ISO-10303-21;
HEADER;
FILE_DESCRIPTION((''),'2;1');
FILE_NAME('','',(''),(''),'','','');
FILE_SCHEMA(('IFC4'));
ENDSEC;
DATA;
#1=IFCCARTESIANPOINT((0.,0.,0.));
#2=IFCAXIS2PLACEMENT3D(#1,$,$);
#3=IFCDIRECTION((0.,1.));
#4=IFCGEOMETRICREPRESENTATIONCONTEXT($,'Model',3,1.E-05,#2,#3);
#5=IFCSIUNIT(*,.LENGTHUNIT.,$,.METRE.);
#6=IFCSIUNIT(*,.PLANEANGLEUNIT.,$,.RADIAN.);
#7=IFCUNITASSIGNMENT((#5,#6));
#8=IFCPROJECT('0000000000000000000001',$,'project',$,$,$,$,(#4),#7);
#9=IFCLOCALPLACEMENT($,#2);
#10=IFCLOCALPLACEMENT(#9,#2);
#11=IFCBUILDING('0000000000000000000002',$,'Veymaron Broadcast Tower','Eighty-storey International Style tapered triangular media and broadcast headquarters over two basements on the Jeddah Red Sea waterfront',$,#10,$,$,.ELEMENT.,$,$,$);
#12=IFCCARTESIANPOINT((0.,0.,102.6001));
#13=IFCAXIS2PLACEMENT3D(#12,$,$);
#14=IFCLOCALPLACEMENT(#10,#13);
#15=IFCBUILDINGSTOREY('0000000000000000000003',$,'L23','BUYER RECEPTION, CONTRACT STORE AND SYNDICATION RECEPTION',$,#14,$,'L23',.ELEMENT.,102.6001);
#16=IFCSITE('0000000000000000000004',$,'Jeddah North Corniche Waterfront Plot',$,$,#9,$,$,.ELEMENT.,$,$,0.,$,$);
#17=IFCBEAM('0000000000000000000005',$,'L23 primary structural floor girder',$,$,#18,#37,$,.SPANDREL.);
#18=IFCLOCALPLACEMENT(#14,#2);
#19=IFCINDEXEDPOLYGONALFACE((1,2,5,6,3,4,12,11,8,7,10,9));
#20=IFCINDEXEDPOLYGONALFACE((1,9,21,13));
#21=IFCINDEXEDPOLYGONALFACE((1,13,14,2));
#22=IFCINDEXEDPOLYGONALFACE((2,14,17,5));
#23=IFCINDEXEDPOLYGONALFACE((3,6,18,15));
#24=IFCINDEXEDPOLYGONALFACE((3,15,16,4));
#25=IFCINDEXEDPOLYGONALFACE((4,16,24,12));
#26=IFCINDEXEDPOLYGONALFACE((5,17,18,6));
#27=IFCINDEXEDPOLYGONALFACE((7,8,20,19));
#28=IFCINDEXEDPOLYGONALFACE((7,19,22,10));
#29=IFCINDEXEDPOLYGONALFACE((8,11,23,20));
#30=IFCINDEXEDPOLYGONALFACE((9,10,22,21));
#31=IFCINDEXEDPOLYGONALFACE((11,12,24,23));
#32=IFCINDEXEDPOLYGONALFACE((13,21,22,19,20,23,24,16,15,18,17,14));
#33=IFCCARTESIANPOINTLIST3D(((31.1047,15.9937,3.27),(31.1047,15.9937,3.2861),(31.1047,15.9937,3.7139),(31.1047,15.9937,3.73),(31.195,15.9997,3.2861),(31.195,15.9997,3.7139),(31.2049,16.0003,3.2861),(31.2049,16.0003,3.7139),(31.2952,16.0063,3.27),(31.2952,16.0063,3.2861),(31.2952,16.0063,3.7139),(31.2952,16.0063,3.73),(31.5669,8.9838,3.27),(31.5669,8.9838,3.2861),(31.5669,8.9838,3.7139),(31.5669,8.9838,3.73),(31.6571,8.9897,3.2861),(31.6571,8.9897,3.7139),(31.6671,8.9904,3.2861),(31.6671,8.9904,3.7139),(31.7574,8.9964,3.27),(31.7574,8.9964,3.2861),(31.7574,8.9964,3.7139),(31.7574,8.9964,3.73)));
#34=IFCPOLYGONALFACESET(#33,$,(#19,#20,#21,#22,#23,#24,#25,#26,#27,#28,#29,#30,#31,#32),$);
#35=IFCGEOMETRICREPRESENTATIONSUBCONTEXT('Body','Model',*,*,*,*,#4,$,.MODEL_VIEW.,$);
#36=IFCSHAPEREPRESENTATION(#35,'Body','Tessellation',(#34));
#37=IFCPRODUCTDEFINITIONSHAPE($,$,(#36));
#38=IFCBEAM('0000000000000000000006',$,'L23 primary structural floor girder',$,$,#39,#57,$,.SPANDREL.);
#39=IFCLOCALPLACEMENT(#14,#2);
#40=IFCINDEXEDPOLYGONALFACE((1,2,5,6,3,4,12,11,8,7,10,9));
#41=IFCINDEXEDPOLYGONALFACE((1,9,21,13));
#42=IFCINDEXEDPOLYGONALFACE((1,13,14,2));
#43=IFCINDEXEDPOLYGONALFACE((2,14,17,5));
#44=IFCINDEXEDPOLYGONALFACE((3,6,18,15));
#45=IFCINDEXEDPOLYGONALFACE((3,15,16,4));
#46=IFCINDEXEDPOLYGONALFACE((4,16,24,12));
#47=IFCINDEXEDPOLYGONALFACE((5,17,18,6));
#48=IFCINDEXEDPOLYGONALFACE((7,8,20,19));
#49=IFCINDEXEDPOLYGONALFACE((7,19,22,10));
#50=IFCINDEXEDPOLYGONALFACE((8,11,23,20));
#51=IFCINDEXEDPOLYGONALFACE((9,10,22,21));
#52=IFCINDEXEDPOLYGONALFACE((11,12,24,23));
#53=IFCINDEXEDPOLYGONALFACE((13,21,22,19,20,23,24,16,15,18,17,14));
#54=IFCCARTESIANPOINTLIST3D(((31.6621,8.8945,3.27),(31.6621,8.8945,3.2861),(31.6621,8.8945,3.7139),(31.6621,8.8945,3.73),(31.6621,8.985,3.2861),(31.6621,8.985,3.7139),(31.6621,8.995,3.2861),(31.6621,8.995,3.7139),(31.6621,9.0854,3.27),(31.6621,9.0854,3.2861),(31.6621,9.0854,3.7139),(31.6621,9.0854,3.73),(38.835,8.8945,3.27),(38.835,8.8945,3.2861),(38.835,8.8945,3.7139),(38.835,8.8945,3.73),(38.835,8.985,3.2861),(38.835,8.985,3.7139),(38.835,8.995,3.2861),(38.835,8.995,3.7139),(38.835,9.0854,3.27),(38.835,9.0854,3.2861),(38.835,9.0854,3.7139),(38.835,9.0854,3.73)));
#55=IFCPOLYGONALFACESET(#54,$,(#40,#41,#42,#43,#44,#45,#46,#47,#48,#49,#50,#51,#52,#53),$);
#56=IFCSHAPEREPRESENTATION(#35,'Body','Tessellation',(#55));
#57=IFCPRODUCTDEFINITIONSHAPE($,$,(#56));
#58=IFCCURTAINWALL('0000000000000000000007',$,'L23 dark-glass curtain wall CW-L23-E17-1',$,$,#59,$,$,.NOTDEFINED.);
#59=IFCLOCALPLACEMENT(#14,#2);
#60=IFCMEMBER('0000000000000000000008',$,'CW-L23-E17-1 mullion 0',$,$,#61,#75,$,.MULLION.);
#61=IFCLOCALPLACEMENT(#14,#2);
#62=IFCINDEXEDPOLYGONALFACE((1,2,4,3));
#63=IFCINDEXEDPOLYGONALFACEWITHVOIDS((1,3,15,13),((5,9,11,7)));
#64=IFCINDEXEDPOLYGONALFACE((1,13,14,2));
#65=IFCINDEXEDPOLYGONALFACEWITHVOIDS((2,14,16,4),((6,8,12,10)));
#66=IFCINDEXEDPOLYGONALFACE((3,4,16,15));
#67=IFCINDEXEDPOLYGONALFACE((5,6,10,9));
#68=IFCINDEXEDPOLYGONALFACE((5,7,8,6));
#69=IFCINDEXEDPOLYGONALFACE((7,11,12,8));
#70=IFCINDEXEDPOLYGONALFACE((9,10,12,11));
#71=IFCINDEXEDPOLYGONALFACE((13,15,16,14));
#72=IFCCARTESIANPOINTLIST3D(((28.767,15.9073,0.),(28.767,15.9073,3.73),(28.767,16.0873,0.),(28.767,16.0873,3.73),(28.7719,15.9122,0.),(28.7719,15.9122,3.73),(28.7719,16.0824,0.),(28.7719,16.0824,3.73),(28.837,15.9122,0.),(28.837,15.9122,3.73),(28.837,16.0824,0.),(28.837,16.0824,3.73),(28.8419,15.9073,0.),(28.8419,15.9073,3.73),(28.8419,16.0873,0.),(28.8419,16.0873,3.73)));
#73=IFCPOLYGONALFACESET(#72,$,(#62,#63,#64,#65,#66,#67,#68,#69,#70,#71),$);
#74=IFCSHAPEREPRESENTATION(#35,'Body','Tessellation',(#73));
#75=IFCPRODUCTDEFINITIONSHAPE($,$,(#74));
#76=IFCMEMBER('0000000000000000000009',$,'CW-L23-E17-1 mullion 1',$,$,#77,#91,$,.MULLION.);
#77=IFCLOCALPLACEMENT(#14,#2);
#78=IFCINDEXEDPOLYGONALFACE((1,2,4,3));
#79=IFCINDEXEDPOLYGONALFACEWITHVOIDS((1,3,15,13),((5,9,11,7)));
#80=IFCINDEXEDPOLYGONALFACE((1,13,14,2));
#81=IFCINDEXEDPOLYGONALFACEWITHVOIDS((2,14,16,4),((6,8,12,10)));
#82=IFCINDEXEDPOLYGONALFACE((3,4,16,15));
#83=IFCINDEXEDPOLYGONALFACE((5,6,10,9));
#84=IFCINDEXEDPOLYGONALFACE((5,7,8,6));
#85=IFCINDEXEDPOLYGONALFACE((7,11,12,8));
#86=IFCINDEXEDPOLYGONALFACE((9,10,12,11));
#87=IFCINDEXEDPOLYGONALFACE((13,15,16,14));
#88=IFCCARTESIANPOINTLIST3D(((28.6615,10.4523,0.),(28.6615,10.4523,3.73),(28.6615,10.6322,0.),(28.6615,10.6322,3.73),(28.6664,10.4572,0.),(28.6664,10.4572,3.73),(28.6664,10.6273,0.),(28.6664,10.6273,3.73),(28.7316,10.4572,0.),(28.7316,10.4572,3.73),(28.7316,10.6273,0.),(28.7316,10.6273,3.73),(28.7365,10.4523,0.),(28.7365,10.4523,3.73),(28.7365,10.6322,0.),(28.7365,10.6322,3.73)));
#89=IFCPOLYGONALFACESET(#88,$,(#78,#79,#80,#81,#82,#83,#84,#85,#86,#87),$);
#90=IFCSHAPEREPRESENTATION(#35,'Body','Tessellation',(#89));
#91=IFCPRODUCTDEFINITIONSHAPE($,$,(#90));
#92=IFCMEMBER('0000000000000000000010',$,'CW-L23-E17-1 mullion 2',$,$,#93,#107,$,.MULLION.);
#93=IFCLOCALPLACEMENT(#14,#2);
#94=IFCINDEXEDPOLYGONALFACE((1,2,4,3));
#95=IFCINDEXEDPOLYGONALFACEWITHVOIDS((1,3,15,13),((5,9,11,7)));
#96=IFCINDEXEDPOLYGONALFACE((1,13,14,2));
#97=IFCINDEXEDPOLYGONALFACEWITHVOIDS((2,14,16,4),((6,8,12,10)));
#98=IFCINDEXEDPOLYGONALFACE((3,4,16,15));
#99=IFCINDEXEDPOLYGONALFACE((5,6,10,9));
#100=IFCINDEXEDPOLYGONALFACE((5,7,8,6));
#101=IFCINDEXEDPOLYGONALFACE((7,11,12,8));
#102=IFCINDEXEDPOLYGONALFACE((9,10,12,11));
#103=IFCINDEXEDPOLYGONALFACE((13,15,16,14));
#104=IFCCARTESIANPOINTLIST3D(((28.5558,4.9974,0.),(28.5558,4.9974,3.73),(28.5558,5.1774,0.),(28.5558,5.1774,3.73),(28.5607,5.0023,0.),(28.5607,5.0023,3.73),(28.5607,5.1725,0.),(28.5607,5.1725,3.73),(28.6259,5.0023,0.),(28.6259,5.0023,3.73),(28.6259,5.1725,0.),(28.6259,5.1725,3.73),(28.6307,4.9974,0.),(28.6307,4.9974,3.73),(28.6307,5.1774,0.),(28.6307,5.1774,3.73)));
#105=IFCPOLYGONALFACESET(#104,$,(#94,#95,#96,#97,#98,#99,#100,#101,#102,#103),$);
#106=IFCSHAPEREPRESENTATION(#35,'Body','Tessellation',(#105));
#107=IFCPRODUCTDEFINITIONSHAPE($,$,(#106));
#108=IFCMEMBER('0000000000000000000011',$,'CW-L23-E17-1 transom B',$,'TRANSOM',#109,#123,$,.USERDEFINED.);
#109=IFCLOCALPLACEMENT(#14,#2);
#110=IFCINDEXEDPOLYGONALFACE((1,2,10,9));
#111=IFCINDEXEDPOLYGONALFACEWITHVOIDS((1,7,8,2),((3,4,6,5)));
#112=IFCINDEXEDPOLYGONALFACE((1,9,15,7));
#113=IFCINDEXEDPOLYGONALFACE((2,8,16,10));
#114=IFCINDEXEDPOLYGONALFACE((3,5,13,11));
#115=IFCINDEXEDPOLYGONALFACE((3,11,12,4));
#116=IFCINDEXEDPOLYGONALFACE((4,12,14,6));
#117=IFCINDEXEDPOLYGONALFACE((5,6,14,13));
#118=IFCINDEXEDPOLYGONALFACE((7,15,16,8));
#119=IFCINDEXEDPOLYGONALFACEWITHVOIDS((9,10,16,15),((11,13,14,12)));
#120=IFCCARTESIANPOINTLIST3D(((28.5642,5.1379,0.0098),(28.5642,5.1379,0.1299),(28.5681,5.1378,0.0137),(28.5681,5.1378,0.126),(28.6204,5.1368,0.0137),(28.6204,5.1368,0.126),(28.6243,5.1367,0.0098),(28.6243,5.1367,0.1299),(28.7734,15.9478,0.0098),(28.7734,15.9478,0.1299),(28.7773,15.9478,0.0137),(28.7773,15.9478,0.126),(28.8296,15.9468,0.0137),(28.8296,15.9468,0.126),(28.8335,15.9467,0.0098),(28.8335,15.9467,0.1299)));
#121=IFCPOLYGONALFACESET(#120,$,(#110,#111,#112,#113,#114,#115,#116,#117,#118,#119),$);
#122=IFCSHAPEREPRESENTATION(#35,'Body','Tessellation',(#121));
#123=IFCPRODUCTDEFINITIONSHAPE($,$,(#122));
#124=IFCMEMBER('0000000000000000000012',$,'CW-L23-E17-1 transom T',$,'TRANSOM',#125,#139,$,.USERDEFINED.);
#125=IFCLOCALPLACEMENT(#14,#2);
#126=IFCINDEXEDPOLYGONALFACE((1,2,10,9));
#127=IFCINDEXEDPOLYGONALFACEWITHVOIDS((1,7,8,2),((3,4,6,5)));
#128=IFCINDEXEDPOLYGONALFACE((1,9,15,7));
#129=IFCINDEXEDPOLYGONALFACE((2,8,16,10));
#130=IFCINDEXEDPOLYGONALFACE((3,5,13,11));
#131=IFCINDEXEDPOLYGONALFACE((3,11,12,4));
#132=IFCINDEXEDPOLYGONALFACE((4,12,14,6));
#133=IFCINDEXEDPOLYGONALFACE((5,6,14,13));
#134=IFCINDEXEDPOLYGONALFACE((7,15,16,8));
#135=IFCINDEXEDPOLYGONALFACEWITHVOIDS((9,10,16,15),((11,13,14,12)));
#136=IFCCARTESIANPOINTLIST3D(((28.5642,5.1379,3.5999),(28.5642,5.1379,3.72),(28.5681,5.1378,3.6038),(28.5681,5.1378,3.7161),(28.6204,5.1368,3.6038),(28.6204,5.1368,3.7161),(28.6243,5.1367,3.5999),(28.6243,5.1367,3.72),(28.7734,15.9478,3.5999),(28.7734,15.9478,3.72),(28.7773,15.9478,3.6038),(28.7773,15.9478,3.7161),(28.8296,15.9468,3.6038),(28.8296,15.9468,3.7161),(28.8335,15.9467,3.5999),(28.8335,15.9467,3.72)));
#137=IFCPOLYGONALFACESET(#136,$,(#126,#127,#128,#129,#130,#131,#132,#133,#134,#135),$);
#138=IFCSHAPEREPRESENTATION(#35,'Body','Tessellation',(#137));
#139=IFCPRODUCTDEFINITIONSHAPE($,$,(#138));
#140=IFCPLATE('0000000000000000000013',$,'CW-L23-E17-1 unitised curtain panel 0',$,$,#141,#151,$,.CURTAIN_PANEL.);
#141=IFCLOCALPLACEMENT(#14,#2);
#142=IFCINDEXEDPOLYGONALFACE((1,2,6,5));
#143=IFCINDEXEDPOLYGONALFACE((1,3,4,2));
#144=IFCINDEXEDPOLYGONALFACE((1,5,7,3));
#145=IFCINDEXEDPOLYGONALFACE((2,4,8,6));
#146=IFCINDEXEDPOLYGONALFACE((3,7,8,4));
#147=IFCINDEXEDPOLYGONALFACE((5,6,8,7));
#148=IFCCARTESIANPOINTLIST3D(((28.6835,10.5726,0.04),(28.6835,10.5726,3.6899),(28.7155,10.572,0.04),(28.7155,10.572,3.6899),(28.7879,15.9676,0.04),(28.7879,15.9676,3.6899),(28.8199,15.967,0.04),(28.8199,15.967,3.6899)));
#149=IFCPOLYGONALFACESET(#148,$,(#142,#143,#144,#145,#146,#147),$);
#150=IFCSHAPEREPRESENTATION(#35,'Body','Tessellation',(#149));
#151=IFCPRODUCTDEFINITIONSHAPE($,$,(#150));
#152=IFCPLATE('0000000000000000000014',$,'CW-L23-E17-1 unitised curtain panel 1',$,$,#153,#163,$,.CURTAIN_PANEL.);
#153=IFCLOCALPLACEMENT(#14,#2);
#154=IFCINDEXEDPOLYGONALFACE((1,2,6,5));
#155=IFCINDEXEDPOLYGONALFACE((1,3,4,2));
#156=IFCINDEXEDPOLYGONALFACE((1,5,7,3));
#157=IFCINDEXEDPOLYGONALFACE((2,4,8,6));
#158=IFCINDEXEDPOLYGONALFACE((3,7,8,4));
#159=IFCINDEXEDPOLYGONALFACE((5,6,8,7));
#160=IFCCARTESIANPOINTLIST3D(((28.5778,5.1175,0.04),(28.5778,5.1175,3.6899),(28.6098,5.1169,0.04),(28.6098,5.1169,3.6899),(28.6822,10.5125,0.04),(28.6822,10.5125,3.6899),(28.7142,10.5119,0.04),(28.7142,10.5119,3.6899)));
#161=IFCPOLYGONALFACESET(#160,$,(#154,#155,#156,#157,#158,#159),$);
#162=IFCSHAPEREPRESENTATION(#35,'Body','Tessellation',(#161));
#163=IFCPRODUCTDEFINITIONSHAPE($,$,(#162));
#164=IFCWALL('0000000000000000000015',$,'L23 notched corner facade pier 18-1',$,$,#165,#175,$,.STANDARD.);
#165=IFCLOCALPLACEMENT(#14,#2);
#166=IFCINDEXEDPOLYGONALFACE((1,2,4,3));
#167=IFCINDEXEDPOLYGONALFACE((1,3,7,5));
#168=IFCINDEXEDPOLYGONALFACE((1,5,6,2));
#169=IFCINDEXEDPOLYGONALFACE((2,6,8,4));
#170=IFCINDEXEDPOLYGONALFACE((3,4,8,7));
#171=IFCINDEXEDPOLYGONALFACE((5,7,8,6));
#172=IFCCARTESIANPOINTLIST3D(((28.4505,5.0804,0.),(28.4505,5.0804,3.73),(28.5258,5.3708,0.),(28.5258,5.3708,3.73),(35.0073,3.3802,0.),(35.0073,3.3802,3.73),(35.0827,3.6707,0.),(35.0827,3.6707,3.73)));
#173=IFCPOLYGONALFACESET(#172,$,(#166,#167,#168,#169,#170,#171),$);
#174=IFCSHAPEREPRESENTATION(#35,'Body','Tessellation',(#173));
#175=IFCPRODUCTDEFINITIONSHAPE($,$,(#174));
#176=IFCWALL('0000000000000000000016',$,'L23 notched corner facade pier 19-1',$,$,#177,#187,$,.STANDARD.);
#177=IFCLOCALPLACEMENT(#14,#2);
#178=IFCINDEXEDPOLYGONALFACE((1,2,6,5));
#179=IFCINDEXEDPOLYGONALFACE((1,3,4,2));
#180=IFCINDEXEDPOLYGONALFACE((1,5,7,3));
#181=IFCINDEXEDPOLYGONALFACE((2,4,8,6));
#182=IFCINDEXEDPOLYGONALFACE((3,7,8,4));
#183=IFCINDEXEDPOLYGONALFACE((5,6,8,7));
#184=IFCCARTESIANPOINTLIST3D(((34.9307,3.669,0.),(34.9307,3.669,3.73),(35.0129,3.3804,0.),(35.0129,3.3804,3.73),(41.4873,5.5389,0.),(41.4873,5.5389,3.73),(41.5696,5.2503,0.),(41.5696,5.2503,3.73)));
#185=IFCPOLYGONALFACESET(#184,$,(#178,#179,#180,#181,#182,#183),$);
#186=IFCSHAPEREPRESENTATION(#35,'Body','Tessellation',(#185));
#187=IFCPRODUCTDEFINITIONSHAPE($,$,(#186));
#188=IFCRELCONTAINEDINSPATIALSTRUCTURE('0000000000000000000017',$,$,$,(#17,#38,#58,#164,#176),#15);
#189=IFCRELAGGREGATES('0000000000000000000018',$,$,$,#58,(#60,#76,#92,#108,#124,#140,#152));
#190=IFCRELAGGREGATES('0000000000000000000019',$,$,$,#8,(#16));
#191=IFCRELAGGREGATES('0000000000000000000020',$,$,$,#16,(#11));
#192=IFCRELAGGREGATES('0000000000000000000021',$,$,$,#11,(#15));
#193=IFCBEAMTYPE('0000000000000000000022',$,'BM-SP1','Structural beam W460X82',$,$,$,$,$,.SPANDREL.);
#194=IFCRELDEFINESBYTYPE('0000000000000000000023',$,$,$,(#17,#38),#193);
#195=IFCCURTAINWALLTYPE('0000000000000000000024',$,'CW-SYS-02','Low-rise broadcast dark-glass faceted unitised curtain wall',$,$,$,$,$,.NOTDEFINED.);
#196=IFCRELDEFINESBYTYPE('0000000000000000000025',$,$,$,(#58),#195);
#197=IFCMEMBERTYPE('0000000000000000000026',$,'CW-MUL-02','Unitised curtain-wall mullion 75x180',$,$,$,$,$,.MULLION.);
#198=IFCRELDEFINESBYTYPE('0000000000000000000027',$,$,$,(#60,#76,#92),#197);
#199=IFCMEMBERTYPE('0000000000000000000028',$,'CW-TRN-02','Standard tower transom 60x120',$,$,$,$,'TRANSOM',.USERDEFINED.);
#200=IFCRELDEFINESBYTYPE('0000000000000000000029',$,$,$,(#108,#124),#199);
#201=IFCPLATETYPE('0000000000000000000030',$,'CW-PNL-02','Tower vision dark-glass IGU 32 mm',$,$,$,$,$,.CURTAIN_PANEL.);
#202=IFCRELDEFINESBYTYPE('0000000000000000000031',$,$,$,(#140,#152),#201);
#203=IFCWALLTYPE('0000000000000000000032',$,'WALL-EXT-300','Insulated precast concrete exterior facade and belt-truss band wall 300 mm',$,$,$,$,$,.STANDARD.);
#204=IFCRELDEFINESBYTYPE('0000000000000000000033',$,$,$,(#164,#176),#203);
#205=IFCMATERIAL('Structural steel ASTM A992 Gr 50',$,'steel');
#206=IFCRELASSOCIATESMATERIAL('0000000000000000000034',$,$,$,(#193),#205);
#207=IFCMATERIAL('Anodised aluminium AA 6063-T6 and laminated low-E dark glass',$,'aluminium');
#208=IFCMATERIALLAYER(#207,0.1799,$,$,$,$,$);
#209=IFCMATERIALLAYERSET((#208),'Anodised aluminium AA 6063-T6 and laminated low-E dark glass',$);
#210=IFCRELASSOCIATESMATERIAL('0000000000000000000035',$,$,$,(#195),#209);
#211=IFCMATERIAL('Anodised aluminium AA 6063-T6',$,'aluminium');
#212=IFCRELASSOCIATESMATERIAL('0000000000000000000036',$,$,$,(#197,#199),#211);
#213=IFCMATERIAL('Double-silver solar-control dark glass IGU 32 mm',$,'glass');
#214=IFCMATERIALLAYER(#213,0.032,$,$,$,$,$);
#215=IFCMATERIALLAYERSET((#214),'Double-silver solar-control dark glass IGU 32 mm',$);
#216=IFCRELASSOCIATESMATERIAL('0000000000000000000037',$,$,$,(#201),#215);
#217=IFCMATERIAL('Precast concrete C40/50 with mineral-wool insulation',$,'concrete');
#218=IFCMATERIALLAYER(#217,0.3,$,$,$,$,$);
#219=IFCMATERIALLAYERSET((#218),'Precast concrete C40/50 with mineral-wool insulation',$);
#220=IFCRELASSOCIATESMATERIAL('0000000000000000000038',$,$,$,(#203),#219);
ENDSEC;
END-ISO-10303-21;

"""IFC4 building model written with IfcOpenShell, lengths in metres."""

from ifc_helpers import new_model, si_unit, direction, frame, frame_2d, origin, origin_2d, place, context, subcontext, project, spatial, rectangle, hollow_rectangle, i_section, extrude, material, layer, layer_set, material_profile, profile_set, type_object, element, aggregate, save


model = new_model("IFC4")

# Units and contexts
model_context = context("Model", 3, precision=1e-05, world=origin(), true_north=direction((0.0, 1.0)))
body_context = subcontext(model_context, "Body", "Model", "MODEL_VIEW")
ifc_project = project(units=[si_unit("LENGTHUNIT", "METRE"), si_unit("PLANEANGLEUNIT", "RADIAN")], contexts=[model_context])

# Site, building, storey
site_placement = place(None, origin())
site = spatial("IfcSite", under=ifc_project, at=site_placement, Name="Jeddah North Corniche Waterfront Plot", CompositionType="ELEMENT", RefElevation=0.0)
building_placement = place(site_placement, origin())
building = spatial("IfcBuilding", under=site, at=building_placement, Name="Veymaron Broadcast Tower", Description="Eighty-storey International Style tapered triangular media and broadcast headquarters over two basements on the Jeddah Red Sea waterfront", CompositionType="ELEMENT")
storey_placement = place(building_placement, frame((0.0, 0.0, 102.6001)))
storey = spatial("IfcBuildingStorey", under=building, at=storey_placement, Name="L23", Description="BUYER RECEPTION, CONTRACT STORE AND SYNDICATION RECEPTION", LongName="L23", CompositionType="ELEMENT", Elevation=102.6001)

# Beams
ifc_material_1 = material(Name="Structural steel ASTM A992 Gr 50", Category="steel")
ifc_material_profile_1 = material_profile(ifc_material_1, i_section(OverallWidth=0.1909, OverallDepth=0.46, WebThickness=0.01, FlangeThickness=0.0161, at=origin_2d()), Name="W460X82")
ifc_profile_set_1 = profile_set([ifc_material_profile_1], Name="Structural steel ASTM A992 Gr 50")
beam_type_1 = type_object("IfcBeamType", Name="BM-SP1", Description="Structural beam W460X82", PredefinedType="SPANDREL", material=ifc_profile_set_1)
beam_1_placement = place(storey_placement, frame((31.2, 16.0, 3.5), z_axis=(0.065786, -0.997834, 0.0), x_axis=(0.997834, 0.065786, 0.0)))
element("IfcBeam", 1, at=beam_1_placement, inside=storey, type_object=beam_type_1, Name="L23 primary structural floor girder", PredefinedType="SPANDREL", context=body_context, shape_type="SweptSolid", body=[
    extrude(i_section(OverallWidth=0.1909, OverallDepth=0.46, WebThickness=0.01, FlangeThickness=0.0161, at=origin_2d()), origin(), (0.0, 0.0, 1.0), 7.0251),
])
beam_2_placement = place(storey_placement, frame((31.6621, 8.99, 3.5), z_axis=(1.0, 0.0, 0.0), x_axis=(0.0, 1.0, 0.0)))
element("IfcBeam", 2, at=beam_2_placement, inside=storey, type_object=beam_type_1, Name="L23 primary structural floor girder", PredefinedType="SPANDREL", context=body_context, shape_type="SweptSolid", body=[
    extrude(i_section(OverallWidth=0.1909, OverallDepth=0.46, WebThickness=0.01, FlangeThickness=0.0161, at=origin_2d()), origin(), (0.0, 0.0, 1.0), 7.1729),
])

# Curtain wall, members, plates
ifc_material_2 = material(Name="Anodised aluminium AA 6063-T6 and laminated low-E dark glass", Category="aluminium")
ifc_layer_1 = layer(ifc_material_2, 0.1799)
ifc_layer_set_1 = layer_set([ifc_layer_1], Name="Anodised aluminium AA 6063-T6 and laminated low-E dark glass")
curtain_wall_type = type_object("IfcCurtainWallType", Name="CW-SYS-02", Description="Low-rise broadcast dark-glass faceted unitised curtain wall", PredefinedType="NOTDEFINED", material=ifc_layer_set_1)
curtain_wall_placement = place(storey_placement, origin())
curtain_wall = element("IfcCurtainWall", 3, at=curtain_wall_placement, inside=storey, type_object=curtain_wall_type, Name="L23 dark-glass curtain wall CW-L23-E17-1", PredefinedType="NOTDEFINED")
ifc_material_3 = material(Name="Anodised aluminium AA 6063-T6", Category="aluminium")
ifc_material_profile_2 = material_profile(ifc_material_3, hollow_rectangle(XDim=0.075, YDim=0.1799, WallThickness=0.0049, at=origin_2d()), Name="AL180X75X5")
ifc_profile_set_2 = profile_set([ifc_material_profile_2], Name="Anodised aluminium AA 6063-T6")
member_type_1 = type_object("IfcMemberType", Name="CW-MUL-02", Description="Unitised curtain-wall mullion 75x180", PredefinedType="MULLION", material=ifc_profile_set_2)
member_1_placement = place(storey_placement, frame((28.8044, 15.9973, 0.0), z_axis=(0.0, 0.0, 1.0), x_axis=(1.0, 0.0, 0.0)))
member_1 = element("IfcMember", 4, at=member_1_placement, type_object=member_type_1, Name="CW-L23-E17-1 mullion 0", PredefinedType="MULLION", context=body_context, shape_type="SweptSolid", body=[
    extrude(hollow_rectangle(XDim=0.075, YDim=0.1799, WallThickness=0.0049, at=origin_2d()), origin(), (0.0, 0.0, 1.0), 3.73),
])
member_2_placement = place(storey_placement, frame((28.699, 10.5422, 0.0), z_axis=(0.0, 0.0, 1.0), x_axis=(1.0, 0.0, 0.0)))
member_2 = element("IfcMember", 5, at=member_2_placement, type_object=member_type_1, Name="CW-L23-E17-1 mullion 1", PredefinedType="MULLION", context=body_context, shape_type="SweptSolid", body=[
    extrude(hollow_rectangle(XDim=0.075, YDim=0.1799, WallThickness=0.0049, at=origin_2d()), origin(), (0.0, 0.0, 1.0), 3.73),
])
member_3_placement = place(storey_placement, frame((28.5933, 5.0874, 0.0), z_axis=(0.0, 0.0, 1.0), x_axis=(1.0, 0.0, 0.0)))
member_3 = element("IfcMember", 6, at=member_3_placement, type_object=member_type_1, Name="CW-L23-E17-1 mullion 2", PredefinedType="MULLION", context=body_context, shape_type="SweptSolid", body=[
    extrude(hollow_rectangle(XDim=0.075, YDim=0.1799, WallThickness=0.0049, at=origin_2d()), origin(), (0.0, 0.0, 1.0), 3.73),
])
ifc_material_profile_3 = material_profile(ifc_material_3, hollow_rectangle(XDim=0.0601, YDim=0.1201, WallThickness=0.0039, at=origin_2d()), Name="AL120X60X4")
ifc_profile_set_3 = profile_set([ifc_material_profile_3], Name="Anodised aluminium AA 6063-T6")
member_type_2 = type_object("IfcMemberType", Name="CW-TRN-02", Description="Standard tower transom 60x120", ElementType="TRANSOM", PredefinedType="USERDEFINED", material=ifc_profile_set_3)
member_4_placement = place(storey_placement, frame((28.8035, 15.9473, 0.0698), z_axis=(-0.019351, -0.999813, 0.0), x_axis=(0.999813, -0.019351, 0.0)))
member_4 = element("IfcMember", 7, at=member_4_placement, type_object=member_type_2, Name="CW-L23-E17-1 transom B", ObjectType="TRANSOM", PredefinedType="USERDEFINED", context=body_context, shape_type="SweptSolid", body=[
    extrude(hollow_rectangle(XDim=0.0601, YDim=0.1201, WallThickness=0.0039, at=origin_2d()), origin(), (0.0, 0.0, 1.0), 10.812),
])
member_5_placement = place(storey_placement, frame((28.8035, 15.9473, 3.6599), z_axis=(-0.019351, -0.999813, 0.0), x_axis=(0.999813, -0.019351, 0.0)))
member_5 = element("IfcMember", 8, at=member_5_placement, type_object=member_type_2, Name="CW-L23-E17-1 transom T", ObjectType="TRANSOM", PredefinedType="USERDEFINED", context=body_context, shape_type="SweptSolid", body=[
    extrude(hollow_rectangle(XDim=0.0601, YDim=0.1201, WallThickness=0.0039, at=origin_2d()), origin(), (0.0, 0.0, 1.0), 10.812),
])
ifc_material_4 = material(Name="Double-silver solar-control dark glass IGU 32 mm", Category="glass")
ifc_layer_2 = layer(ifc_material_4, 0.032)
ifc_layer_set_2 = layer_set([ifc_layer_2], Name="Double-silver solar-control dark glass IGU 32 mm")
plate_type = type_object("IfcPlateType", Name="CW-PNL-02", Description="Tower vision dark-glass IGU 32 mm", PredefinedType="CURTAIN_PANEL", material=ifc_layer_set_2)
plate_1_placement = place(storey_placement, frame((28.7517, 13.2698, 0.04), z_axis=(0.0, 0.0, 1.0), x_axis=(-0.019354, -0.999813, 0.0)))
plate_1 = element("IfcPlate", 9, at=plate_1_placement, type_object=plate_type, Name="CW-L23-E17-1 unitised curtain panel 0", PredefinedType="CURTAIN_PANEL", context=body_context, shape_type="SweptSolid", body=[
    extrude(rectangle(XDim=5.396, YDim=0.032, at=origin_2d()), origin(), (0.0, 0.0, 1.0), 3.6499),
])
plate_2_placement = place(storey_placement, frame((28.646, 7.8147, 0.04), z_axis=(0.0, 0.0, 1.0), x_axis=(-0.019354, -0.999813, 0.0)))
plate_2 = element("IfcPlate", 10, at=plate_2_placement, type_object=plate_type, Name="CW-L23-E17-1 unitised curtain panel 1", PredefinedType="CURTAIN_PANEL", context=body_context, shape_type="SweptSolid", body=[
    extrude(rectangle(XDim=5.396, YDim=0.032, at=origin_2d()), origin(), (0.0, 0.0, 1.0), 3.6499),
])
aggregate(curtain_wall, [member_1, member_2, member_3, member_4, member_5, plate_1, plate_2])

# Walls
ifc_material_5 = material(Name="Precast concrete C40/50 with mineral-wool insulation", Category="concrete")
ifc_layer_3 = layer(ifc_material_5, 0.3)
ifc_layer_set_3 = layer_set([ifc_layer_3], Name="Precast concrete C40/50 with mineral-wool insulation")
wall_type_1 = type_object("IfcWallType", Name="WALL-EXT-300", Description="Insulated precast concrete exterior facade and belt-truss band wall 300 mm", PredefinedType="STANDARD", material=ifc_layer_set_3)
wall_1_placement = place(storey_placement, frame((28.4883, 5.2256, 0.0), z_axis=(0.0, 0.0, 1.0), x_axis=(0.967987, -0.250998, 0.0)))
element("IfcWall", 11, at=wall_1_placement, inside=storey, type_object=wall_type_1, Name="L23 notched corner facade pier 18-1", PredefinedType="STANDARD", context=body_context, shape_type="SweptSolid", body=[
    extrude(rectangle(XDim=6.7737, YDim=0.3, at=frame_2d((3.3867, 0.0))), origin(), (0.0, 0.0, 1.0), 3.73),
])
wall_2_placement = place(storey_placement, frame((34.9717, 3.5247, 0.0), z_axis=(0.0, 0.0, 1.0), x_axis=(0.961658, 0.274253, 0.0)))
element("IfcWall", 12, at=wall_2_placement, inside=storey, type_object=wall_type_1, Name="L23 notched corner facade pier 19-1", PredefinedType="STANDARD", context=body_context, shape_type="SweptSolid", body=[
    extrude(rectangle(XDim=6.8181, YDim=0.3, at=frame_2d((3.4092, 0.0))), origin(), (0.0, 0.0, 1.0), 3.73),
])

save(model, "model.ifc")
